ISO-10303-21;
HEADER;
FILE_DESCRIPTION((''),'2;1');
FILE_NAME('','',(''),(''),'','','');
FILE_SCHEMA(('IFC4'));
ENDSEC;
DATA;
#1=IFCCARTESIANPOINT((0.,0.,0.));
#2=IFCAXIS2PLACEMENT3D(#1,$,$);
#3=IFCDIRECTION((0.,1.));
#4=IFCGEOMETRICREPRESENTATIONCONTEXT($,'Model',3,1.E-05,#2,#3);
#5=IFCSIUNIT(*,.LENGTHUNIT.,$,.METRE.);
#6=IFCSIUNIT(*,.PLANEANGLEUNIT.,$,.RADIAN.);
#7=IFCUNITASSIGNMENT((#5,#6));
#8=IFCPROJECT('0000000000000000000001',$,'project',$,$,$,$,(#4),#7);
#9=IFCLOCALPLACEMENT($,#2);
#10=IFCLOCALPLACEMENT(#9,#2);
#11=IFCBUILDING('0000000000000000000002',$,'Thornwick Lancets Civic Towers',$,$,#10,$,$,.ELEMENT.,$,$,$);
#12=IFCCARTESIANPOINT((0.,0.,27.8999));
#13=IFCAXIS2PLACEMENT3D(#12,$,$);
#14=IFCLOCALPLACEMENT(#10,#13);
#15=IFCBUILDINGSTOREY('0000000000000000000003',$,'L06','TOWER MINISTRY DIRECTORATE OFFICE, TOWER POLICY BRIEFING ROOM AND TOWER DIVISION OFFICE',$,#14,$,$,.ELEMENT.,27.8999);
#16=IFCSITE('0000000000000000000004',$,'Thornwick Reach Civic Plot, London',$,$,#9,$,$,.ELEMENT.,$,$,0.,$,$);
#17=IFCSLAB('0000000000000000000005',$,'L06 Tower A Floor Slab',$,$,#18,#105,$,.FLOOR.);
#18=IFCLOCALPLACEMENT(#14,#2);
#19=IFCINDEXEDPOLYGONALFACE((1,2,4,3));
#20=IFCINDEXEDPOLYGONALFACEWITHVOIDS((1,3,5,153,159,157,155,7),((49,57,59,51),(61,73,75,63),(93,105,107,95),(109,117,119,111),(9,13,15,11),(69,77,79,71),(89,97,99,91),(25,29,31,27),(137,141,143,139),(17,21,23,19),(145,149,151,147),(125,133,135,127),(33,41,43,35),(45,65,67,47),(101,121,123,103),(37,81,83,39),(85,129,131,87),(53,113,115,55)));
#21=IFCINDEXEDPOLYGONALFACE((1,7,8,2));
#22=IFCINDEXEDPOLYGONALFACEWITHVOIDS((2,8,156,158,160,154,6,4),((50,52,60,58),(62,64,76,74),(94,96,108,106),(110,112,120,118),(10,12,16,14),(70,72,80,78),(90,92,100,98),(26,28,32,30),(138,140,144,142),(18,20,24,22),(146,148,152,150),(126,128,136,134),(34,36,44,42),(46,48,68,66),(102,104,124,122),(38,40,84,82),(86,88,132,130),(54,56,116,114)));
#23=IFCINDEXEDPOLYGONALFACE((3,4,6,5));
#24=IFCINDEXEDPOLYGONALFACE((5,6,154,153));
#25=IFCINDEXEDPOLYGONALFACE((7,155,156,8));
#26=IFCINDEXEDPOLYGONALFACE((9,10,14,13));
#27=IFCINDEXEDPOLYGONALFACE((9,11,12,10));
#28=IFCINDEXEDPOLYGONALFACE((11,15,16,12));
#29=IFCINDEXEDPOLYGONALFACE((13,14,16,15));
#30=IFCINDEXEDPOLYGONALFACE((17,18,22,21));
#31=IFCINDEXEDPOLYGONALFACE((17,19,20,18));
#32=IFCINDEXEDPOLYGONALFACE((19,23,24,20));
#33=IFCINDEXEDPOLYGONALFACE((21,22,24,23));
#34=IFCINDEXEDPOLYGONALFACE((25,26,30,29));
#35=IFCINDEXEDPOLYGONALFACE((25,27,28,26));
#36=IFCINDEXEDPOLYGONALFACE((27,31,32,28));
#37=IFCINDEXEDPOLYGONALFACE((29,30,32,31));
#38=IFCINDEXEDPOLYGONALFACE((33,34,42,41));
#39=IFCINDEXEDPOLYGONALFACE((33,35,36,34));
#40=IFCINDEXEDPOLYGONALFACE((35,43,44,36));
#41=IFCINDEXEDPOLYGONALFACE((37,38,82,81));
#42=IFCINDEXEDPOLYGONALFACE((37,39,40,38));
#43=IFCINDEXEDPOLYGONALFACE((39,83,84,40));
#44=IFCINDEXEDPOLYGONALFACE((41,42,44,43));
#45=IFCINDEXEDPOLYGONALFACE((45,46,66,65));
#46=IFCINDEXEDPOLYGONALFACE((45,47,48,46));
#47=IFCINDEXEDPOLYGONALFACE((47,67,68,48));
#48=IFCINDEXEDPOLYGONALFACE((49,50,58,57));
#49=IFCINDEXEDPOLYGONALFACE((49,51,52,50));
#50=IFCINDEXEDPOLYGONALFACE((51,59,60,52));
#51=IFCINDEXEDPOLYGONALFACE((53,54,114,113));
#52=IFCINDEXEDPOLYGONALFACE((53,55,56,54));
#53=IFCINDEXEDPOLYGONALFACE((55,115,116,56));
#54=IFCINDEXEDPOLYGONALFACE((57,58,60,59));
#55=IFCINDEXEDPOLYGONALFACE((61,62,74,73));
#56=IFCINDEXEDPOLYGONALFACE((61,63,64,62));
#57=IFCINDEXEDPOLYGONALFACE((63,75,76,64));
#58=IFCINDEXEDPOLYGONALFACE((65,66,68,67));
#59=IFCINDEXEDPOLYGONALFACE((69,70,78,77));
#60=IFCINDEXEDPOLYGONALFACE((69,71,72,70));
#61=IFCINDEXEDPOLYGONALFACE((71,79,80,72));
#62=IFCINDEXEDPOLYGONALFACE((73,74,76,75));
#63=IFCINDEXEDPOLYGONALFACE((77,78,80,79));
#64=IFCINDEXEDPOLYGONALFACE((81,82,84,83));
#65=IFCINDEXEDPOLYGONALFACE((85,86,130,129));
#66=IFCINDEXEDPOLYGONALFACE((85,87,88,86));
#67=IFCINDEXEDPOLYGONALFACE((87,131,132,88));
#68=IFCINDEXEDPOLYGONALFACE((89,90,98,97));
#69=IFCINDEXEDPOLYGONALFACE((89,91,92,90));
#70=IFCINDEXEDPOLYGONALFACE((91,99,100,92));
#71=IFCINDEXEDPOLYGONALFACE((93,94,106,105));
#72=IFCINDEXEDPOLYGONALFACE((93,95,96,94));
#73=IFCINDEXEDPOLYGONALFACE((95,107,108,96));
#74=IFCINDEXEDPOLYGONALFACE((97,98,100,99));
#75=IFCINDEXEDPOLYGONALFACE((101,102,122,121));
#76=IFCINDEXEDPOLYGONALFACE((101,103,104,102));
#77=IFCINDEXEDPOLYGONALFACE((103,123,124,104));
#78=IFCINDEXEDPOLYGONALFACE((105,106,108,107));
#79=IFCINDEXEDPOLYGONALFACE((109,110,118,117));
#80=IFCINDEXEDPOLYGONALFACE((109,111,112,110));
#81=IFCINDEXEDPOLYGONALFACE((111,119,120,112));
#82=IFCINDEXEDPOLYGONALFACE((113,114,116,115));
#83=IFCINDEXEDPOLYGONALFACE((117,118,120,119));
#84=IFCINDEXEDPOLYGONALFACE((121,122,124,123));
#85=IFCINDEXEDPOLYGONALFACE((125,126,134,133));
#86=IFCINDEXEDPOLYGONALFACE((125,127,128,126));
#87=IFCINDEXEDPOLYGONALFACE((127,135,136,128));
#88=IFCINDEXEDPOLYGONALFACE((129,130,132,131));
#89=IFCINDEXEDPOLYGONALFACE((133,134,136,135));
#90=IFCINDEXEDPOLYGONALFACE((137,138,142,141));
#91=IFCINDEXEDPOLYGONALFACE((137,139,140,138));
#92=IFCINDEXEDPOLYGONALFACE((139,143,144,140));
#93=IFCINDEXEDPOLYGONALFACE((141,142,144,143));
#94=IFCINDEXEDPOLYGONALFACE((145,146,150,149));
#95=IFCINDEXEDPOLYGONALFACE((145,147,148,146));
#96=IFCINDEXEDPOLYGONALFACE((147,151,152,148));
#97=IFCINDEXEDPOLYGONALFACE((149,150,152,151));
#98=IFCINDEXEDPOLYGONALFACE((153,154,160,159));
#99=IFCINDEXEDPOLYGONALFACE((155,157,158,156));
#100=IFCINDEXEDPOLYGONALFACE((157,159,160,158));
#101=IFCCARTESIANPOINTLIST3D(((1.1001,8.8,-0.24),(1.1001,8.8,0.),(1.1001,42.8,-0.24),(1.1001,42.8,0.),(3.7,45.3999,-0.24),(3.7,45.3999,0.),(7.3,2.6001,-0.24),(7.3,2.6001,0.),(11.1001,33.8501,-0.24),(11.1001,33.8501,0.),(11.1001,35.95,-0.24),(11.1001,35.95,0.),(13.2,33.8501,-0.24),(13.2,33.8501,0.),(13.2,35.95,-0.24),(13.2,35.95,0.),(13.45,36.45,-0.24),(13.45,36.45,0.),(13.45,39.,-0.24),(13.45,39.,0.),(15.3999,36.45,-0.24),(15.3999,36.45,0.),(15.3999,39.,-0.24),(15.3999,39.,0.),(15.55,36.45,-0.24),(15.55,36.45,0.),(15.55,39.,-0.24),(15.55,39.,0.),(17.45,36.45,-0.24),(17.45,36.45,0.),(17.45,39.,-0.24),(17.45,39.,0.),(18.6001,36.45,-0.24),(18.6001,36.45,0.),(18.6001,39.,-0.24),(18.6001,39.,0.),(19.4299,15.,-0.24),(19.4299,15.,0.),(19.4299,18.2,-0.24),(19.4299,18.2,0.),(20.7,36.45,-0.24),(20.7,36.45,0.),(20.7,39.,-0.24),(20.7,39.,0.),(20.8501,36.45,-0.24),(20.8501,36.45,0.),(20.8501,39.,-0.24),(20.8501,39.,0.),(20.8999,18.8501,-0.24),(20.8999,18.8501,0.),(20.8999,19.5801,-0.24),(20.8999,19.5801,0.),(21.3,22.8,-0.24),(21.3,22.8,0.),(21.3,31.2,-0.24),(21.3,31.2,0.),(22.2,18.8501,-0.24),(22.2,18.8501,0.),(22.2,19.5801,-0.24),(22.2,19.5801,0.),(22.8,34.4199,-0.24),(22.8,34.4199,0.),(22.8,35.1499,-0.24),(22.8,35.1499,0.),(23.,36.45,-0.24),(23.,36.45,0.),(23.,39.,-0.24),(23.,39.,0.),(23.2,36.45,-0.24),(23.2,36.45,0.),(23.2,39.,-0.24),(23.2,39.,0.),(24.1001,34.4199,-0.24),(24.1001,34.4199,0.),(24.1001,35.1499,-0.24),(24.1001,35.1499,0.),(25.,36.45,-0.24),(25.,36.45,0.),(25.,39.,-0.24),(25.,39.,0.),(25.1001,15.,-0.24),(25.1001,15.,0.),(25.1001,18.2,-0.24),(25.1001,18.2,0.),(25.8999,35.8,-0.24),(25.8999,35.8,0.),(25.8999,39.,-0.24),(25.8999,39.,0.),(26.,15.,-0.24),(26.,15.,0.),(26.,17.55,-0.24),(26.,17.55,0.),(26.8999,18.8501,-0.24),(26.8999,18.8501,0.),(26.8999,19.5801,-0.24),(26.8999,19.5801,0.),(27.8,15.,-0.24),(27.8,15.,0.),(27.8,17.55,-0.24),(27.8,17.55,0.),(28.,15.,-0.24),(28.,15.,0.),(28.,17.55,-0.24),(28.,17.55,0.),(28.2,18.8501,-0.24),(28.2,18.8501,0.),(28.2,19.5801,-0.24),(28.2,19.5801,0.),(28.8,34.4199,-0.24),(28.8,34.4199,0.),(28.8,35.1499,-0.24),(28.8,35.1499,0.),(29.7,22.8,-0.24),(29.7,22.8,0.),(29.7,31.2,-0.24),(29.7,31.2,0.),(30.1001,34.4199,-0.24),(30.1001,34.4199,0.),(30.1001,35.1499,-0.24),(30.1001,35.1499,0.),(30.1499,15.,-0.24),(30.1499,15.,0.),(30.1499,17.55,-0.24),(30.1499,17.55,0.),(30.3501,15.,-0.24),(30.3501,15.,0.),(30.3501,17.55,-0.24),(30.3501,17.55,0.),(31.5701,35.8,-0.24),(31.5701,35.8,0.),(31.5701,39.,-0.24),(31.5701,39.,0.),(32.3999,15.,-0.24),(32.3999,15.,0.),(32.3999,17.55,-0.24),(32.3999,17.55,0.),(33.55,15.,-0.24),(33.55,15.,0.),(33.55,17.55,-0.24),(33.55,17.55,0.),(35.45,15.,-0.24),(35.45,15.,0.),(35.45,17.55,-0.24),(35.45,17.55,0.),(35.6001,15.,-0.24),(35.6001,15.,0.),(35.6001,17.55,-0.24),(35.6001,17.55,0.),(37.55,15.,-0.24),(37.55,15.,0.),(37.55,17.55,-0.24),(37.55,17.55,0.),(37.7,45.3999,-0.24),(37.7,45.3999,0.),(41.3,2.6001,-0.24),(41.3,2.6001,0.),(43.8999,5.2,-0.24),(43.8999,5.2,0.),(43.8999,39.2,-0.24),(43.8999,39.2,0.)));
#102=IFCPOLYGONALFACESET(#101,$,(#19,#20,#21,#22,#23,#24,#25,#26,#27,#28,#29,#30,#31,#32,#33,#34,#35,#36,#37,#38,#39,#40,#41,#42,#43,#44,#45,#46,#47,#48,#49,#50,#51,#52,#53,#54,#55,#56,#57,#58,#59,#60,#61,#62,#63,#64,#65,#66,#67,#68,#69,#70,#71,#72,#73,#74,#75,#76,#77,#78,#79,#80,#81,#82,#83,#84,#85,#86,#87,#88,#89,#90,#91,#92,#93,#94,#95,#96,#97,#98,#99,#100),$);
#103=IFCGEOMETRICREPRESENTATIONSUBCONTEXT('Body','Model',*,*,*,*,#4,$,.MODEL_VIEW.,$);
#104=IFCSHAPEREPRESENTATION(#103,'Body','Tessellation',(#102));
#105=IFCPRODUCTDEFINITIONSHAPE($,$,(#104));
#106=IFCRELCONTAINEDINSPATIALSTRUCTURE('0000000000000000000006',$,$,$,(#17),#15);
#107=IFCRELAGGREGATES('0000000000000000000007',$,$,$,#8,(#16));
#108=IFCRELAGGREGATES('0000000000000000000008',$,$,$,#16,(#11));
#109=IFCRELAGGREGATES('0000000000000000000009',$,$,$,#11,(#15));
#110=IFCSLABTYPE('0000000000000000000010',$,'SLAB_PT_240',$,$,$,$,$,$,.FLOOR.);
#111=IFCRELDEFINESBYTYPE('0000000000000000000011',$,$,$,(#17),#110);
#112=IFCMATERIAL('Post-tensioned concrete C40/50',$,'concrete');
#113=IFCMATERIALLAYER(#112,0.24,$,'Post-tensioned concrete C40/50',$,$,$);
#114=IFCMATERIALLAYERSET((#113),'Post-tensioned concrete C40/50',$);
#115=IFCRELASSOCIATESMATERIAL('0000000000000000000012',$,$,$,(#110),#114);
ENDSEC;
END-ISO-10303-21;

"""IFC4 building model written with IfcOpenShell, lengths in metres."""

from ifc_helpers import new_model, si_unit, direction, frame, origin, place, context, subcontext, project, spatial, polyline, outline, extrude, material, layer, layer_set, type_object, element, save


model = new_model("IFC4")

# Units and contexts
model_context = context("Model", 3, precision=1e-05, world=origin(), true_north=direction((0.0, 1.0)))
body_context = subcontext(model_context, "Body", "Model", "MODEL_VIEW")
ifc_project = project(units=[si_unit("LENGTHUNIT", "METRE"), si_unit("PLANEANGLEUNIT", "RADIAN")], contexts=[model_context])

# Site, building, storey
site_placement = place(None, origin())
site = spatial("IfcSite", under=ifc_project, at=site_placement, Name="Thornwick Reach Civic Plot, London", CompositionType="ELEMENT", RefElevation=0.0)
building_placement = place(site_placement, origin())
building = spatial("IfcBuilding", under=site, at=building_placement, Name="Thornwick Lancets Civic Towers", CompositionType="ELEMENT")
storey_placement = place(building_placement, frame((0.0, 0.0, 27.8999)))
storey = spatial("IfcBuildingStorey", under=building, at=storey_placement, Name="L06", Description="TOWER MINISTRY DIRECTORATE OFFICE, TOWER POLICY BRIEFING ROOM AND TOWER DIVISION OFFICE", CompositionType="ELEMENT", Elevation=27.8999)

# Shared definitions
ifc_material_1 = material(Name="Post-tensioned concrete C40/50", Category="concrete")

# Slab
ifc_layer_1 = layer(ifc_material_1, 0.24, Name="Post-tensioned concrete C40/50")
ifc_layer_set_1 = layer_set([ifc_layer_1], Name="Post-tensioned concrete C40/50")
slab_type_1 = type_object("IfcSlabType", Name="SLAB_PT_240", PredefinedType="FLOOR", material=ifc_layer_set_1)
slab_1_placement = place(storey_placement, frame((0.0, 0.0, -0.24)))
element("IfcSlab", 1, at=slab_1_placement, inside=storey, type_object=slab_type_1, Name="L06 Tower A Floor Slab", PredefinedType="FLOOR", context=body_context, shape_type="SweptSolid", body=[
    extrude(outline(polyline([(7.3, 2.6001), (41.3, 2.6001), (43.8999, 5.2), (43.8999, 39.2), (37.7, 45.3999), (3.7, 45.3999), (1.1001, 42.8), (1.1001, 8.8), (7.3, 2.6001)]), holes=[polyline([(21.3, 22.8), (29.7, 22.8), (29.7, 31.2), (21.3, 31.2), (21.3, 22.8)]), polyline([(19.4299, 15.0), (25.1001, 15.0), (25.1001, 18.2), (19.4299, 18.2), (19.4299, 15.0)]), polyline([(31.5701, 39.0), (25.8999, 39.0), (25.8999, 35.8), (31.5701, 35.8), (31.5701, 39.0)]), polyline([(26.0, 15.0), (27.8, 15.0), (27.8, 17.55), (26.0, 17.55), (26.0, 15.0)]), polyline([(28.0, 15.0), (30.1499, 15.0), (30.1499, 17.55), (28.0, 17.55), (28.0, 15.0)]), polyline([(30.3501, 15.0), (32.3999, 15.0), (32.3999, 17.55), (30.3501, 17.55), (30.3501, 15.0)]), polyline([(33.55, 15.0), (35.45, 15.0), (35.45, 17.55), (33.55, 17.55), (33.55, 15.0)]), polyline([(35.6001, 15.0), (37.55, 15.0), (37.55, 17.55), (35.6001, 17.55), (35.6001, 15.0)]), polyline([(23.2, 36.45), (25.0, 36.45), (25.0, 39.0), (23.2, 39.0), (23.2, 36.45)]), polyline([(20.8501, 36.45), (23.0, 36.45), (23.0, 39.0), (20.8501, 39.0), (20.8501, 36.45)]), polyline([(18.6001, 36.45), (20.7, 36.45), (20.7, 39.0), (18.6001, 39.0), (18.6001, 36.45)]), polyline([(15.55, 36.45), (17.45, 36.45), (17.45, 39.0), (15.55, 39.0), (15.55, 36.45)]), polyline([(13.45, 36.45), (15.3999, 36.45), (15.3999, 39.0), (13.45, 39.0), (13.45, 36.45)]), polyline([(11.1001, 33.8501), (13.2, 33.8501), (13.2, 35.95), (11.1001, 35.95), (11.1001, 33.8501)]), polyline([(26.8999, 18.8501), (28.2, 18.8501), (28.2, 19.5801), (26.8999, 19.5801), (26.8999, 18.8501)]), polyline([(20.8999, 18.8501), (22.2, 18.8501), (22.2, 19.5801), (20.8999, 19.5801), (20.8999, 18.8501)]), polyline([(22.8, 34.4199), (24.1001, 34.4199), (24.1001, 35.1499), (22.8, 35.1499), (22.8, 34.4199)]), polyline([(28.8, 34.4199), (30.1001, 34.4199), (30.1001, 35.1499), (28.8, 35.1499), (28.8, 34.4199)])]), origin(), (0.0, 0.0, 1.0), 0.24),
])

save(model, "model.ifc")
